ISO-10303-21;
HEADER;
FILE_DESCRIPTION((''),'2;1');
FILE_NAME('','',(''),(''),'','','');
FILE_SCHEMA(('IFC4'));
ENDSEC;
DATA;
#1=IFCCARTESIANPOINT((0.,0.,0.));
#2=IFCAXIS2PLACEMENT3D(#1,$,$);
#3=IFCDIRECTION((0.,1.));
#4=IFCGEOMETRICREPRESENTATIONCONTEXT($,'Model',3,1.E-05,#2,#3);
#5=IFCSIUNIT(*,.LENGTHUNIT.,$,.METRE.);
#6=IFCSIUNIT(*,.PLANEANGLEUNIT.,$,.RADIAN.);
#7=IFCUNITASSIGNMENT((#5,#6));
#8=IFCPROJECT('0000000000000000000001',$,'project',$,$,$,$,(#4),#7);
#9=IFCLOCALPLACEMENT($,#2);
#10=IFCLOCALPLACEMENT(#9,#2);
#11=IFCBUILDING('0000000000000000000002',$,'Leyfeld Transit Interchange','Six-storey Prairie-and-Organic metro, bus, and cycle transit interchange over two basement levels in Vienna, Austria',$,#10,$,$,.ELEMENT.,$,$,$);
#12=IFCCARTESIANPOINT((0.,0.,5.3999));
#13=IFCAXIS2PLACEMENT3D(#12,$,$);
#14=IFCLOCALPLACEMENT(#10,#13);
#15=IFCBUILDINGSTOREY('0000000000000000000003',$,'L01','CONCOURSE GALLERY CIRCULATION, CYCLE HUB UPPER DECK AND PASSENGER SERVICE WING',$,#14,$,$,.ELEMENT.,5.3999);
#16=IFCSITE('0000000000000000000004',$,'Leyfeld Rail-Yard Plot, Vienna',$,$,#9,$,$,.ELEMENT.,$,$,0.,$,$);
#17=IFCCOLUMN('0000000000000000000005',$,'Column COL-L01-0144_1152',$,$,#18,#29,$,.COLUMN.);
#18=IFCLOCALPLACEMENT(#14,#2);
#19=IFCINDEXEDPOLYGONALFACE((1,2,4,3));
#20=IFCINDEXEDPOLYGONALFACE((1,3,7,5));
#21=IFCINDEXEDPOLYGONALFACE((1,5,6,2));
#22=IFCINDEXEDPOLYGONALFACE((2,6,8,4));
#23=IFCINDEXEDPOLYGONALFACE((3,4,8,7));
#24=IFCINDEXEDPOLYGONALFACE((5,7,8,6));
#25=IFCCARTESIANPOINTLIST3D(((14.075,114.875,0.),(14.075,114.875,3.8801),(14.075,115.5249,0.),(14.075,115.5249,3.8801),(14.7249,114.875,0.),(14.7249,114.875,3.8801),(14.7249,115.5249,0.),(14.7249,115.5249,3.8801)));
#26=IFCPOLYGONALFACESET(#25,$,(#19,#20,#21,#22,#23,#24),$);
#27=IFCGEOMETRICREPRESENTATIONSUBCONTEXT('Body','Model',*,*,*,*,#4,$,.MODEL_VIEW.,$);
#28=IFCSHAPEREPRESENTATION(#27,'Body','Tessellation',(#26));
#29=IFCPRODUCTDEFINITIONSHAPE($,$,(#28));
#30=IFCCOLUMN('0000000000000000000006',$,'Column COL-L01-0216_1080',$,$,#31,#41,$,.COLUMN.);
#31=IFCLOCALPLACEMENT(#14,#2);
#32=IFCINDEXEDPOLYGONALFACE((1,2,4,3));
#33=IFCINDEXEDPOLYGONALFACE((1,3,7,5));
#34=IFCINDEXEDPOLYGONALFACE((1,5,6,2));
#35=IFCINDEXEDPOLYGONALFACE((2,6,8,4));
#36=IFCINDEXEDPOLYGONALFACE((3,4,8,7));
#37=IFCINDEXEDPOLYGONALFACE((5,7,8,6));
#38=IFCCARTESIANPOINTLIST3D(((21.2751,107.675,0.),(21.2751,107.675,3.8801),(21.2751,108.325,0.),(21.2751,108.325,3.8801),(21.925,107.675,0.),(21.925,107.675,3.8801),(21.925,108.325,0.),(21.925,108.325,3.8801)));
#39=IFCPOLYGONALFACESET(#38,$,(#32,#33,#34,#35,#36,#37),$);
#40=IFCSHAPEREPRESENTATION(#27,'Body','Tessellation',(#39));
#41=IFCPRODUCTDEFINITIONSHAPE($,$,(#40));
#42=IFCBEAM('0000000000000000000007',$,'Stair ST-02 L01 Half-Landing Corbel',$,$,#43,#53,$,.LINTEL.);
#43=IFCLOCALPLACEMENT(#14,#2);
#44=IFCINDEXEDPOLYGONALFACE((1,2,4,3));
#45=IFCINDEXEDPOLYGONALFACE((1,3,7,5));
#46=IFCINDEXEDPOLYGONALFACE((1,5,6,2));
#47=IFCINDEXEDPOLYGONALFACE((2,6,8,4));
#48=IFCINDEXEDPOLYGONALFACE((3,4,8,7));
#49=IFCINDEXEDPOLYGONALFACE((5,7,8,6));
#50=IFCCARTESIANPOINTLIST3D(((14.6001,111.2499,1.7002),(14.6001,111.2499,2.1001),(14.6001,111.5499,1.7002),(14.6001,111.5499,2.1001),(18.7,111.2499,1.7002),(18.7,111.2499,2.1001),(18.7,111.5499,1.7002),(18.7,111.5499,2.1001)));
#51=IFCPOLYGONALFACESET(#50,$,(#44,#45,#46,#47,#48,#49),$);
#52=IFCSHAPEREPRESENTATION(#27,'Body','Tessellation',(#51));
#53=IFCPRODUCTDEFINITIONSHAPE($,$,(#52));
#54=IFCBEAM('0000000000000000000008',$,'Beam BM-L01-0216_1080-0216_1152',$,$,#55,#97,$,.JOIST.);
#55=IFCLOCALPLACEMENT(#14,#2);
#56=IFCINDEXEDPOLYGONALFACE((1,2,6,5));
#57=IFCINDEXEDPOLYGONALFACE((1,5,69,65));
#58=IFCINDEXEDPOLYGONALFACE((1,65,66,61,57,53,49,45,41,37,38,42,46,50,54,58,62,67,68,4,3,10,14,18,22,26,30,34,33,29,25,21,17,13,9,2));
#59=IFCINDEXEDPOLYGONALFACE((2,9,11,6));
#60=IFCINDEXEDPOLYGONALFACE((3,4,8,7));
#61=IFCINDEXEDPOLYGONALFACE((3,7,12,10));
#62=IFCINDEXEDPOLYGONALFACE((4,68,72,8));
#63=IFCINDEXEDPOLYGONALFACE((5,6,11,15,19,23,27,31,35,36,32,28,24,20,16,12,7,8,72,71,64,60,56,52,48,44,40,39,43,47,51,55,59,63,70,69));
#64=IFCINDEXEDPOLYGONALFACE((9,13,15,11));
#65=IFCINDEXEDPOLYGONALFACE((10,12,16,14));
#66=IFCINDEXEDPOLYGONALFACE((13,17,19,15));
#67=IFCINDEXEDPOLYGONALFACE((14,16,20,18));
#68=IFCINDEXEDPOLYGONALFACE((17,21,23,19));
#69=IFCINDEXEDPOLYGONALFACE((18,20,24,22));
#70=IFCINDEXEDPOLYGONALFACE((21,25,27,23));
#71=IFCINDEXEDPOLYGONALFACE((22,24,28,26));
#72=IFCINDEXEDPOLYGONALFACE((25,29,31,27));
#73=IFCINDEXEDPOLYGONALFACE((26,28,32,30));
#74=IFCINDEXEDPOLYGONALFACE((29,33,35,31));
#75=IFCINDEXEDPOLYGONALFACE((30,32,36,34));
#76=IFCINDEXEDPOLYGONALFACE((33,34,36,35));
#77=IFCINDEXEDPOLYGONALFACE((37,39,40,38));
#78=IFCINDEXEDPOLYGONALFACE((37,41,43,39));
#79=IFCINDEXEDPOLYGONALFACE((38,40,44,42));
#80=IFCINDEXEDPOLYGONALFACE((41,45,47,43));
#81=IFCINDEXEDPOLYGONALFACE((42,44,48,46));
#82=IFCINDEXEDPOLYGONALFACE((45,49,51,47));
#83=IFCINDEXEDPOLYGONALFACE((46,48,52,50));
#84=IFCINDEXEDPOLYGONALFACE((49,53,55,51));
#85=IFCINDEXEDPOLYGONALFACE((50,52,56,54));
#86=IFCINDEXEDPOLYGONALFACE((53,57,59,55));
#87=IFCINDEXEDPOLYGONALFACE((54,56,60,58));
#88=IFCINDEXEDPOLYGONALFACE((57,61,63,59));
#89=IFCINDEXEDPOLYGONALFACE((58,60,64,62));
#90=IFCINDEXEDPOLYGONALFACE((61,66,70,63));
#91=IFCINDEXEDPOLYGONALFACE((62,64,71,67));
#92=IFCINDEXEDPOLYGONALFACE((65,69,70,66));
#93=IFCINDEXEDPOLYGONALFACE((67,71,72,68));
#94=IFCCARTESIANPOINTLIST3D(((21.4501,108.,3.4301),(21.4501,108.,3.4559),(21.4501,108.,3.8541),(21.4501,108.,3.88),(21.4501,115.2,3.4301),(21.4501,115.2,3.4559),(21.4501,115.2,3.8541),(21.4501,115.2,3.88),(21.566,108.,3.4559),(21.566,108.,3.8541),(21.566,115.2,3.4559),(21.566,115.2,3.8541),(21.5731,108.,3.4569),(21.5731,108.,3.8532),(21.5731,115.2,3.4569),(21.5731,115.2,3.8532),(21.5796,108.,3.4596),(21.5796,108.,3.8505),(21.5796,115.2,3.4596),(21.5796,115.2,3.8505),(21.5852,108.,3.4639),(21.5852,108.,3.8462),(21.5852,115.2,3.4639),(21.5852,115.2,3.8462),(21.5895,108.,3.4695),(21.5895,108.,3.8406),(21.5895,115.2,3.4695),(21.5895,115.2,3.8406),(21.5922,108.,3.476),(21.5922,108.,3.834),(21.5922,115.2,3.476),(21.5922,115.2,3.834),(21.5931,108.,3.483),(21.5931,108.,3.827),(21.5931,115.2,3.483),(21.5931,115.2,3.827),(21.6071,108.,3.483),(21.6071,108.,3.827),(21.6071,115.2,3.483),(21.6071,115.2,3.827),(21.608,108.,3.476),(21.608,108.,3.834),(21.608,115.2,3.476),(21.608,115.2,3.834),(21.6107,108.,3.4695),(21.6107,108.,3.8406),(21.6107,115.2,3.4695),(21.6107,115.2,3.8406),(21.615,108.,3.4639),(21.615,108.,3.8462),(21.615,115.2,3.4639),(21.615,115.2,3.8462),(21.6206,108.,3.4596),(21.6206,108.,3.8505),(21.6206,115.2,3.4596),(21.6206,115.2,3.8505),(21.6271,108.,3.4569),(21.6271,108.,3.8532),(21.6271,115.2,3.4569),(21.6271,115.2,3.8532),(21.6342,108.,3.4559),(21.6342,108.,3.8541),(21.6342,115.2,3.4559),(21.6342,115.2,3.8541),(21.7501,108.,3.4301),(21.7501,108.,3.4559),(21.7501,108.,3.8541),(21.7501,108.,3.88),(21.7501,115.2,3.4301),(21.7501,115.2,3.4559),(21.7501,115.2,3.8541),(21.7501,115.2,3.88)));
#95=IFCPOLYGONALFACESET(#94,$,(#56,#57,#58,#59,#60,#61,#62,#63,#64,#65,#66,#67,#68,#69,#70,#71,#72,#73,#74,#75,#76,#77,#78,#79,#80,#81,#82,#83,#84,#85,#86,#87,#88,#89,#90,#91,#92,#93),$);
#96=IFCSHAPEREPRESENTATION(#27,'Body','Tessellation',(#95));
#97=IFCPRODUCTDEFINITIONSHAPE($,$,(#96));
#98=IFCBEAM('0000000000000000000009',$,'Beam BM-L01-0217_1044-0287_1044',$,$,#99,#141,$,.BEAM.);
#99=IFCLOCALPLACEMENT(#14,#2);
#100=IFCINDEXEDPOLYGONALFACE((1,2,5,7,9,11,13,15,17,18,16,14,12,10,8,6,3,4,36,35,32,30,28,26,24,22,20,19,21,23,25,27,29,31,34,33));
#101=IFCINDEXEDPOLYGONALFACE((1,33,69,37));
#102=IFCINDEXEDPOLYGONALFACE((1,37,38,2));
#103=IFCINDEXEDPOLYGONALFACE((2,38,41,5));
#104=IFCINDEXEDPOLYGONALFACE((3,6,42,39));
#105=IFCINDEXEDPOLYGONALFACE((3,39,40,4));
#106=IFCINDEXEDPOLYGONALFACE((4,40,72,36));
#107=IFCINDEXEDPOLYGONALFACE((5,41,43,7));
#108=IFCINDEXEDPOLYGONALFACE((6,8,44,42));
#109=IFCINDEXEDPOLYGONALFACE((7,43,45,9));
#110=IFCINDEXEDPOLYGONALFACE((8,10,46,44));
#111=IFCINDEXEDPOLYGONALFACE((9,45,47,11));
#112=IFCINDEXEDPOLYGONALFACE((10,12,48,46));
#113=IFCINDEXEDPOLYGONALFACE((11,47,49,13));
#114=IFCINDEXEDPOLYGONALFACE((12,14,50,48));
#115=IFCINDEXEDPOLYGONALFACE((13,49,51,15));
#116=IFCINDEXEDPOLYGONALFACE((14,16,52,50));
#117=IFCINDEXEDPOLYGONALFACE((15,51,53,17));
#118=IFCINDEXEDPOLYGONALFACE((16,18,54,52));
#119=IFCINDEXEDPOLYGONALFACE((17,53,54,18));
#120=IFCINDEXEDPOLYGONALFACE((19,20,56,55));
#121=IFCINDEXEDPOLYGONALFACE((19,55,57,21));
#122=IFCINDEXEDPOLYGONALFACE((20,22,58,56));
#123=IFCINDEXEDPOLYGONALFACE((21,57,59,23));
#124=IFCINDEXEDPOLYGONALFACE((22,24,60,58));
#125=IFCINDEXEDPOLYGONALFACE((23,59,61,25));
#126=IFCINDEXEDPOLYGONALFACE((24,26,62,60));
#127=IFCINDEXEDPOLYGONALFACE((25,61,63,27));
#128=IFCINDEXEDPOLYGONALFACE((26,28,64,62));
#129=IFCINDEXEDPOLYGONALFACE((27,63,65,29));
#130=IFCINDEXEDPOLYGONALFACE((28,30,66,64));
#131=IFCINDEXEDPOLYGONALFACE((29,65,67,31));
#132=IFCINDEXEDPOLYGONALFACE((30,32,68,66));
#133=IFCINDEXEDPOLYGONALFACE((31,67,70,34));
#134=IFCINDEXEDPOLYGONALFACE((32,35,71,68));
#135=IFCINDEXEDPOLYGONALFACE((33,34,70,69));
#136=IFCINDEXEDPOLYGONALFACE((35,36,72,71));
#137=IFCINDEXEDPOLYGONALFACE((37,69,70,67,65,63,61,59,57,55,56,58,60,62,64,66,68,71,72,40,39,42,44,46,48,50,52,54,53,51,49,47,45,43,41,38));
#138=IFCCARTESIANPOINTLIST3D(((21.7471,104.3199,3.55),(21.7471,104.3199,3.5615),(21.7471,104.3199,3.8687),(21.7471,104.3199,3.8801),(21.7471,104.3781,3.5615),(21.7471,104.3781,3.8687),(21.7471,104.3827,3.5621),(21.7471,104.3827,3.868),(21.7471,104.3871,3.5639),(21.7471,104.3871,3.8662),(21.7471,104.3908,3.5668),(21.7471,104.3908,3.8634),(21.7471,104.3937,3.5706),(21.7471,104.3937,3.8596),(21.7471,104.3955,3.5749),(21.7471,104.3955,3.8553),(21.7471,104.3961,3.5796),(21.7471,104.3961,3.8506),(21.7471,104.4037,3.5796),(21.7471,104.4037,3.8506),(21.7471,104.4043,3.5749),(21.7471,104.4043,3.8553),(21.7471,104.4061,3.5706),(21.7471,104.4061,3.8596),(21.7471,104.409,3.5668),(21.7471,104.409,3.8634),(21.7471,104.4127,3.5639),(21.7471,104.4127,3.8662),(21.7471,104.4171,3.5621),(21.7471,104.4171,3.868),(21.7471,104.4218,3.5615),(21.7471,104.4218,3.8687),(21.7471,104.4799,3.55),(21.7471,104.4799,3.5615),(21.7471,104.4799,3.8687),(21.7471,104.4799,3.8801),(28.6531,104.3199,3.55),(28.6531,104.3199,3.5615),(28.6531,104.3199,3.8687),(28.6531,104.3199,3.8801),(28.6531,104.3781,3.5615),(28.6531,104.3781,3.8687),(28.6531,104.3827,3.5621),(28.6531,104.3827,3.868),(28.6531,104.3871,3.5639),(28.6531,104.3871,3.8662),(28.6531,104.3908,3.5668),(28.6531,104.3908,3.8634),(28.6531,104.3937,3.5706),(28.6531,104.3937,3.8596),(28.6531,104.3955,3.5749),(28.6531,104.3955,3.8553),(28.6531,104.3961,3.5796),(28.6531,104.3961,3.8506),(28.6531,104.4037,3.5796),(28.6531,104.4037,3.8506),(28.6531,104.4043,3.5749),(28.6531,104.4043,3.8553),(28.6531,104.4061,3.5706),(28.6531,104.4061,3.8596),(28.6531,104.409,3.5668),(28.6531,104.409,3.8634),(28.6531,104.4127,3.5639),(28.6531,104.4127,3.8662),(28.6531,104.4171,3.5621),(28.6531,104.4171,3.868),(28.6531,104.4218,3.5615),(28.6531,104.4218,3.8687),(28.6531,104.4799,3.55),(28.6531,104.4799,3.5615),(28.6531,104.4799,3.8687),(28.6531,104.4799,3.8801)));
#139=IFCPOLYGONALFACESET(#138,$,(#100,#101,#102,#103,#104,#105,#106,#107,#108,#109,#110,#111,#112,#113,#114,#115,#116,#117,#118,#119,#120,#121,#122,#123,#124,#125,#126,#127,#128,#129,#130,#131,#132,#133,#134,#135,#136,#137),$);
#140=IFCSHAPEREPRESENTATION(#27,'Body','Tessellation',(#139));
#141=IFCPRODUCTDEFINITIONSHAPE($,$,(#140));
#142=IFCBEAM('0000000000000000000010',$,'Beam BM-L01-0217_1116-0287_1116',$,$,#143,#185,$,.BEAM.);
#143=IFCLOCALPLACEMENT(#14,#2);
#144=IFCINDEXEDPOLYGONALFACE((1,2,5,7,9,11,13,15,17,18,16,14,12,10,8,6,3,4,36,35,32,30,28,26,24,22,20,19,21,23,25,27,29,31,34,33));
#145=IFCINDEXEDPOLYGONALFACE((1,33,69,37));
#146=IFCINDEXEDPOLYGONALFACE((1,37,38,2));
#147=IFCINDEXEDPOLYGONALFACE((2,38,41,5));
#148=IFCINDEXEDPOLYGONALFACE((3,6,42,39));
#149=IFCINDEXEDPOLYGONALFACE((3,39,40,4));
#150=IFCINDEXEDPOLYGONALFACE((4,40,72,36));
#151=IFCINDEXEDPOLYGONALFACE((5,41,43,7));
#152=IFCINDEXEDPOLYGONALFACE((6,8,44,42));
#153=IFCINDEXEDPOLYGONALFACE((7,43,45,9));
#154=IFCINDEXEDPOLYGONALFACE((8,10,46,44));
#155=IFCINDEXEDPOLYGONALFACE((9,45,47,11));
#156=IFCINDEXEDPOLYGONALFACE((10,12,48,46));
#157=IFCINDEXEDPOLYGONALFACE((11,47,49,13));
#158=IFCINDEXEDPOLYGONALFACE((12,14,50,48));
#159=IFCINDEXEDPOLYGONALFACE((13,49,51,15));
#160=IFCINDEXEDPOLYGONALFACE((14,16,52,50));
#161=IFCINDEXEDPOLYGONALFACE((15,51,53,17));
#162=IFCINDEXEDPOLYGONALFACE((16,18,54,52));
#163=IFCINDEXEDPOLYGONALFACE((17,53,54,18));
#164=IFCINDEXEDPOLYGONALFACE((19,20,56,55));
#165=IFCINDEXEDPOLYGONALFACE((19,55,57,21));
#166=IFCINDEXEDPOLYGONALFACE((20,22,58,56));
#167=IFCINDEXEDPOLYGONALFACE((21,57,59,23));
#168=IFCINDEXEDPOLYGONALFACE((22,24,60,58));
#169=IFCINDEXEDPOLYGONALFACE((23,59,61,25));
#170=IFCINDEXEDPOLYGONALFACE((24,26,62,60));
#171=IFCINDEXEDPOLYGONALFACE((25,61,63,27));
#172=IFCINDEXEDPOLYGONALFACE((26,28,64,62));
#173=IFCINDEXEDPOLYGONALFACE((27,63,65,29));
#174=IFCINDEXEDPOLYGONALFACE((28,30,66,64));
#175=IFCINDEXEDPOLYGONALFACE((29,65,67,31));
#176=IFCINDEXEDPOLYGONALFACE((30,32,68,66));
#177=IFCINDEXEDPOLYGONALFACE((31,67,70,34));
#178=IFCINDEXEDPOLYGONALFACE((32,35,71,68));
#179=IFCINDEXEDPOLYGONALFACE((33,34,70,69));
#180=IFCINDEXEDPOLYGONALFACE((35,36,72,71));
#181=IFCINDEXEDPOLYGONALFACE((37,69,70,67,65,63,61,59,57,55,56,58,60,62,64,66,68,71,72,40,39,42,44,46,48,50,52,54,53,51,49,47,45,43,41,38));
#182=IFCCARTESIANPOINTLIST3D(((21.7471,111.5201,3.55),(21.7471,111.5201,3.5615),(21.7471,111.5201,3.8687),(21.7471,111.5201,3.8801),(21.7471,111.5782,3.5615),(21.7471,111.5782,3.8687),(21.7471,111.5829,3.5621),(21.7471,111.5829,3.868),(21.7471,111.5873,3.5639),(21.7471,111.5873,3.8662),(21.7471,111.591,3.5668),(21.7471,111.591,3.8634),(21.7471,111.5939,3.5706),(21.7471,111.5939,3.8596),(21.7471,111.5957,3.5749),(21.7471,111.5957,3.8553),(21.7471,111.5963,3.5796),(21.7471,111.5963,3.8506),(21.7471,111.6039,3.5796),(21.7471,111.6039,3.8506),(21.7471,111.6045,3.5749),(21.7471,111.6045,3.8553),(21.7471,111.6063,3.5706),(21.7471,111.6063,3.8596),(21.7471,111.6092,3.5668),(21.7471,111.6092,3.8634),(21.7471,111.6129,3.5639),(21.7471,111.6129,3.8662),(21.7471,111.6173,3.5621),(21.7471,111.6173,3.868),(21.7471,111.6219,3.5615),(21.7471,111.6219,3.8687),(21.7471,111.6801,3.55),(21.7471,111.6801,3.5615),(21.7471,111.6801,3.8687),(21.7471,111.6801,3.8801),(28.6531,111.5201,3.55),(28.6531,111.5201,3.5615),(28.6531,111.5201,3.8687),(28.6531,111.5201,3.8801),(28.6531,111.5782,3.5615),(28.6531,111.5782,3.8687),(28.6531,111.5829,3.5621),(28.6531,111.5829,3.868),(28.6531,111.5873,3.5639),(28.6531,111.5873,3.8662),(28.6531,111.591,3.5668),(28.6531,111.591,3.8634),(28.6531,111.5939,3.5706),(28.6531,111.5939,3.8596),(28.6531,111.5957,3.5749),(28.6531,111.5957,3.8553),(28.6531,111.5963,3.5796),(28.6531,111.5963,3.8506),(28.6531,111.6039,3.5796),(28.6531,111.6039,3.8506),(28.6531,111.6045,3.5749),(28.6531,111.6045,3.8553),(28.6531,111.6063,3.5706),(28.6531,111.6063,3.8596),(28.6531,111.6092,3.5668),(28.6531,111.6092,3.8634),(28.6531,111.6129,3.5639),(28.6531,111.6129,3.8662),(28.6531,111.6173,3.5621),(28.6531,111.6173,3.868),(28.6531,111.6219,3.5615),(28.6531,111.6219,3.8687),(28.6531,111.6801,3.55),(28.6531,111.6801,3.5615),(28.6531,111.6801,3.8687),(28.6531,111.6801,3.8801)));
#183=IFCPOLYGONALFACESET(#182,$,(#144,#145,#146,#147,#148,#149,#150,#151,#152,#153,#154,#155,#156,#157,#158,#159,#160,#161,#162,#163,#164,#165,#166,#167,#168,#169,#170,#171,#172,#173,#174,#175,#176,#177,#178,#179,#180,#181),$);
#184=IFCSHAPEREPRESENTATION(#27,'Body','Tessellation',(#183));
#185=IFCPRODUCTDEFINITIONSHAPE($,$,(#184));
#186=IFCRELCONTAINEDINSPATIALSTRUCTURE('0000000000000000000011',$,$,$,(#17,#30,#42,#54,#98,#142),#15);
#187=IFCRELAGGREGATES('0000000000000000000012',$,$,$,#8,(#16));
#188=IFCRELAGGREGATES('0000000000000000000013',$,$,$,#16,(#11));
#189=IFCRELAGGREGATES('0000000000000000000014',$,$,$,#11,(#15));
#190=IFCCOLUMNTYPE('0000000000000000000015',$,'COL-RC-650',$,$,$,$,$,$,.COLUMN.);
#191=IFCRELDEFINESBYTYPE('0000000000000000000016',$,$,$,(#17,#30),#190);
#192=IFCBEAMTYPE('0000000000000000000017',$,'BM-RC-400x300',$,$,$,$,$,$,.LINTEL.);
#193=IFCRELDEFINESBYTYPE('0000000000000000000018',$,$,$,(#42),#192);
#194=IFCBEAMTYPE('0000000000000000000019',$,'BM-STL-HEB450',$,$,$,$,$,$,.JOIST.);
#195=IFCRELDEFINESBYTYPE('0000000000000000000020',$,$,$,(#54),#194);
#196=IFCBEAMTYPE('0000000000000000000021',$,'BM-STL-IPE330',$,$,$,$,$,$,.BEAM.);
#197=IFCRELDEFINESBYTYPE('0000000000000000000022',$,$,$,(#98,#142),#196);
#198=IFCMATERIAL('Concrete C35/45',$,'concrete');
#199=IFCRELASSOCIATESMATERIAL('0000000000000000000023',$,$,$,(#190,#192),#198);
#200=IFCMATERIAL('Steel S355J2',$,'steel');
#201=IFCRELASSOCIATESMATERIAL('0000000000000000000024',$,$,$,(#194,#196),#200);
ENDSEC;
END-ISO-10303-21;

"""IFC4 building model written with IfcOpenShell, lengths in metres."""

from ifc_helpers import new_model, si_unit, direction, frame, origin, origin_2d, place, context, subcontext, project, spatial, rectangle, i_section, extrude, material, material_profile, profile_set, type_object, element, save


model = new_model("IFC4")

# Units and contexts
model_context = context("Model", 3, precision=1e-05, world=origin(), true_north=direction((0.0, 1.0)))
body_context = subcontext(model_context, "Body", "Model", "MODEL_VIEW")
ifc_project = project(units=[si_unit("LENGTHUNIT", "METRE"), si_unit("PLANEANGLEUNIT", "RADIAN")], contexts=[model_context])

# Site, building, storey
site_placement = place(None, origin())
site = spatial("IfcSite", under=ifc_project, at=site_placement, Name="Leyfeld Rail-Yard Plot, Vienna", CompositionType="ELEMENT", RefElevation=0.0)
building_placement = place(site_placement, origin())
building = spatial("IfcBuilding", under=site, at=building_placement, Name="Leyfeld Transit Interchange", Description="Six-storey Prairie-and-Organic metro, bus, and cycle transit interchange over two basement levels in Vienna, Austria", CompositionType="ELEMENT")
storey_placement = place(building_placement, frame((0.0, 0.0, 5.3999)))
storey = spatial("IfcBuildingStorey", under=building, at=storey_placement, Name="L01", Description="CONCOURSE GALLERY CIRCULATION, CYCLE HUB UPPER DECK AND PASSENGER SERVICE WING", CompositionType="ELEMENT", Elevation=5.3999)

# Columns
ifc_material_1 = material(Name="Concrete C35/45", Category="concrete")
ifc_material_profile_1 = material_profile(ifc_material_1, rectangle(XDim=0.6499, YDim=0.6499, at=origin_2d()), Name="RC 650x650")
ifc_profile_set_1 = profile_set([ifc_material_profile_1], Name="Concrete C35/45")
column_type = type_object("IfcColumnType", Name="COL-RC-650", PredefinedType="COLUMN", material=ifc_profile_set_1)
for number, where, z_axis, x_axis, name in (
    (1, (14.3999, 115.2, 0.0), (0.0, 0.0, 1.0), (1.0, 0.0, 0.0), "Column COL-L01-0144_1152"),
    (2, (21.6001, 108.0, 0.0), (0.0, 0.0, 1.0), (1.0, 0.0, 0.0), "Column COL-L01-0216_1080"),
):
    element("IfcColumn", number, at=place(storey_placement, frame(where, z_axis=z_axis, x_axis=x_axis)), inside=storey, type_object=column_type, Name=name, PredefinedType="COLUMN", context=body_context, shape_type="SweptSolid", body=[
        extrude(rectangle(XDim=0.6499, YDim=0.6499, at=origin_2d()), origin(), (0.0, 0.0, 1.0), 3.8801),
    ])

# Beams
ifc_material_profile_2 = material_profile(ifc_material_1, rectangle(XDim=0.3, YDim=0.3999, at=origin_2d()), Name="RC 400x300")
ifc_profile_set_2 = profile_set([ifc_material_profile_2], Name="Concrete C35/45")
beam_type_1 = type_object("IfcBeamType", Name="BM-RC-400x300", PredefinedType="LINTEL", material=ifc_profile_set_2)
beam_1_placement = place(storey_placement, frame((14.6001, 111.3999, 1.9001), z_axis=(1.0, 0.0, 0.0), x_axis=(0.0, 1.0, 0.0)))
element("IfcBeam", 3, at=beam_1_placement, inside=storey, type_object=beam_type_1, Name="Stair ST-02 L01 Half-Landing Corbel", PredefinedType="LINTEL", context=body_context, shape_type="SweptSolid", body=[
    extrude(rectangle(XDim=0.3, YDim=0.3999, at=origin_2d()), origin(), (0.0, 0.0, 1.0), 4.0999),
])
ifc_material_2 = material(Name="Steel S355J2", Category="steel")
ifc_material_profile_3 = material_profile(ifc_material_2, i_section(OverallWidth=0.3, OverallDepth=0.45, WebThickness=0.0139, FlangeThickness=0.0259, FilletRadius=0.0271, at=origin_2d()), Name="HEB 450")
ifc_profile_set_3 = profile_set([ifc_material_profile_3], Name="Steel S355J2")
beam_type_2 = type_object("IfcBeamType", Name="BM-STL-HEB450", PredefinedType="JOIST", material=ifc_profile_set_3)
beam_2_placement = place(storey_placement, frame((21.6001, 108.0, 3.655), z_axis=(0.0, 1.0, 0.0), x_axis=(-1.0, 0.0, 0.0)))
element("IfcBeam", 4, at=beam_2_placement, inside=storey, type_object=beam_type_2, Name="Beam BM-L01-0216_1080-0216_1152", PredefinedType="JOIST", context=body_context, shape_type="SweptSolid", body=[
    extrude(i_section(OverallWidth=0.3, OverallDepth=0.45, WebThickness=0.0139, FlangeThickness=0.0259, FilletRadius=0.0271, at=origin_2d()), origin(), (0.0, 0.0, 1.0), 7.2),
])
ifc_material_profile_4 = material_profile(ifc_material_2, i_section(OverallWidth=0.1599, OverallDepth=0.3301, WebThickness=0.0076, FlangeThickness=0.0115, FilletRadius=0.0181, at=origin_2d()), Name="IPE 330")
ifc_profile_set_4 = profile_set([ifc_material_profile_4], Name="Steel S355J2")
beam_type_3 = type_object("IfcBeamType", Name="BM-STL-IPE330", PredefinedType="BEAM", material=ifc_profile_set_4)
for number, where, z_axis, x_axis, name in (
    (5, (21.7471, 104.3999, 3.7151), (1.0, 0.0, 0.0), (0.0, 1.0, 0.0), "Beam BM-L01-0217_1044-0287_1044"),
    (6, (21.7471, 111.6001, 3.7151), (1.0, 0.0, 0.0), (0.0, 1.0, 0.0), "Beam BM-L01-0217_1116-0287_1116"),
):
    element("IfcBeam", number, at=place(storey_placement, frame(where, z_axis=z_axis, x_axis=x_axis)), inside=storey, type_object=beam_type_3, Name=name, PredefinedType="BEAM", context=body_context, shape_type="SweptSolid", body=[
        extrude(i_section(OverallWidth=0.1599, OverallDepth=0.3301, WebThickness=0.0076, FlangeThickness=0.0115, FilletRadius=0.0181, at=origin_2d()), origin(), (0.0, 0.0, 1.0), 6.906),
    ])

save(model, "model.ifc")
